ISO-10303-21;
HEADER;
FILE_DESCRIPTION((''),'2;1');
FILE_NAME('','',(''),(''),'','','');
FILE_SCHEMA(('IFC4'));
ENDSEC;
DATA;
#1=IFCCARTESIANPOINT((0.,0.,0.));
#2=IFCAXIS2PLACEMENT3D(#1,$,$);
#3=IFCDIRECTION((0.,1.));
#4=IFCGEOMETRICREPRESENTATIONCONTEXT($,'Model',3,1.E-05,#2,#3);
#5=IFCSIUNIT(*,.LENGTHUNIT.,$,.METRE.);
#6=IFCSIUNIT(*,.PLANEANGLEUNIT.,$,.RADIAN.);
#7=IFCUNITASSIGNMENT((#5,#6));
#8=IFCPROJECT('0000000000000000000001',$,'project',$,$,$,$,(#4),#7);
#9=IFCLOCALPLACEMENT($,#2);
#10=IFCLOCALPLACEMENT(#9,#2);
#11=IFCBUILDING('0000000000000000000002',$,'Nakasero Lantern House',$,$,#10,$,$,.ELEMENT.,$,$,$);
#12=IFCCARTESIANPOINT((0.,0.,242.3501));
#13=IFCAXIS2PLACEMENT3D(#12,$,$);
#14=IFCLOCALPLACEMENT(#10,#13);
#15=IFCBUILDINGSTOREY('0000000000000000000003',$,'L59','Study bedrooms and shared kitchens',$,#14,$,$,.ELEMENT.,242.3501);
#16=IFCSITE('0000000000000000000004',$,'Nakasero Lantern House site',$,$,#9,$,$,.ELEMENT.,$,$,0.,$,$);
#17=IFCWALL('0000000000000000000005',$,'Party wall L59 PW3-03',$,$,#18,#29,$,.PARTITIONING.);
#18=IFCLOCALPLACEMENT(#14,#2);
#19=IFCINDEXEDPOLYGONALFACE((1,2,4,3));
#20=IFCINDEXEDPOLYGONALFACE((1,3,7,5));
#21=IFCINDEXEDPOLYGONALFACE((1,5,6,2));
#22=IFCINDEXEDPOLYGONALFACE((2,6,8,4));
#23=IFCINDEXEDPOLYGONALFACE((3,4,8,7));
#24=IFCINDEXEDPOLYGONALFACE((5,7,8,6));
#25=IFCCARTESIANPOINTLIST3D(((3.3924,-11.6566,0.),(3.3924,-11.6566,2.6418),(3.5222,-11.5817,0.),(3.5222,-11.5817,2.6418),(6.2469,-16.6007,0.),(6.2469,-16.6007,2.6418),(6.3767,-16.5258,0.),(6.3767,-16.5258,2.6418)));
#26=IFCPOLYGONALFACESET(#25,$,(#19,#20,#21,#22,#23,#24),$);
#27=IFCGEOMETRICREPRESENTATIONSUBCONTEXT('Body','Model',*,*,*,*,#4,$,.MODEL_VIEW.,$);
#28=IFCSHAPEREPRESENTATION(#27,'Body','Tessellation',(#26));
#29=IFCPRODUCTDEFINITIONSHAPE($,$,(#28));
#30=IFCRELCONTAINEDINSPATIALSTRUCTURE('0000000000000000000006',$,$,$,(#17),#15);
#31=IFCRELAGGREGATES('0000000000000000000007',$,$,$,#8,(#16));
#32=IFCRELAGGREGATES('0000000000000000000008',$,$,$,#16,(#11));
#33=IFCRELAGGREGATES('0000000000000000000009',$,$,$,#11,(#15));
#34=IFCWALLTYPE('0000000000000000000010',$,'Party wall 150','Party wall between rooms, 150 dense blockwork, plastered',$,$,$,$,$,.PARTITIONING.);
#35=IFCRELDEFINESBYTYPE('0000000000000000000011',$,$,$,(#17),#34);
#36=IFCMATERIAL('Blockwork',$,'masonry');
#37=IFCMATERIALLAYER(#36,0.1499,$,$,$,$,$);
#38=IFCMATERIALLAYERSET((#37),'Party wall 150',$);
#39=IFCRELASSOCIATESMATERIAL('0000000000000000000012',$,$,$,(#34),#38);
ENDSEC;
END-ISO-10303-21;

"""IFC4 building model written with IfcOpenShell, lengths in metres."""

from ifc_helpers import new_model, si_unit, direction, frame, frame_2d, origin, place, context, subcontext, project, spatial, rectangle, extrude, material, layer, layer_set, type_object, element, save


model = new_model("IFC4")

# Units and contexts
model_context = context("Model", 3, precision=1e-05, world=origin(), true_north=direction((0.0, 1.0)))
body_context = subcontext(model_context, "Body", "Model", "MODEL_VIEW")
ifc_project = project(units=[si_unit("LENGTHUNIT", "METRE"), si_unit("PLANEANGLEUNIT", "RADIAN")], contexts=[model_context])

# Site, building, storey
site_placement = place(None, origin())
site = spatial("IfcSite", under=ifc_project, at=site_placement, Name="Nakasero Lantern House site", CompositionType="ELEMENT", RefElevation=0.0)
building_placement = place(site_placement, origin())
building = spatial("IfcBuilding", under=site, at=building_placement, Name="Nakasero Lantern House", CompositionType="ELEMENT")
storey_placement = place(building_placement, frame((0.0, 0.0, 242.3501)))
storey = spatial("IfcBuildingStorey", under=building, at=storey_placement, Name="L59", Description="Study bedrooms and shared kitchens", CompositionType="ELEMENT", Elevation=242.3501)

# Wall
ifc_material_1 = material(Name="Blockwork", Category="masonry")
ifc_layer_1 = layer(ifc_material_1, 0.1499)
ifc_layer_set_1 = layer_set([ifc_layer_1], Name="Party wall 150")
wall_type_1 = type_object("IfcWallType", Name="Party wall 150", Description="Party wall between rooms, 150 dense blockwork, plastered", PredefinedType="PARTITIONING", material=ifc_layer_set_1)
wall_1_placement = place(storey_placement, frame((3.4573, -11.6191, 0.0), z_axis=(0.0, 0.0, 1.0), x_axis=(0.500003, -0.866024, 0.0)))
element("IfcWall", 1, at=wall_1_placement, inside=storey, type_object=wall_type_1, Name="Party wall L59 PW3-03", PredefinedType="PARTITIONING", context=body_context, shape_type="SweptSolid", body=[
    extrude(rectangle(XDim=5.709, YDim=0.1499, at=frame_2d((2.8545, 0.0))), origin(), (0.0, 0.0, 1.0), 2.6418),
])

save(model, "model.ifc")
